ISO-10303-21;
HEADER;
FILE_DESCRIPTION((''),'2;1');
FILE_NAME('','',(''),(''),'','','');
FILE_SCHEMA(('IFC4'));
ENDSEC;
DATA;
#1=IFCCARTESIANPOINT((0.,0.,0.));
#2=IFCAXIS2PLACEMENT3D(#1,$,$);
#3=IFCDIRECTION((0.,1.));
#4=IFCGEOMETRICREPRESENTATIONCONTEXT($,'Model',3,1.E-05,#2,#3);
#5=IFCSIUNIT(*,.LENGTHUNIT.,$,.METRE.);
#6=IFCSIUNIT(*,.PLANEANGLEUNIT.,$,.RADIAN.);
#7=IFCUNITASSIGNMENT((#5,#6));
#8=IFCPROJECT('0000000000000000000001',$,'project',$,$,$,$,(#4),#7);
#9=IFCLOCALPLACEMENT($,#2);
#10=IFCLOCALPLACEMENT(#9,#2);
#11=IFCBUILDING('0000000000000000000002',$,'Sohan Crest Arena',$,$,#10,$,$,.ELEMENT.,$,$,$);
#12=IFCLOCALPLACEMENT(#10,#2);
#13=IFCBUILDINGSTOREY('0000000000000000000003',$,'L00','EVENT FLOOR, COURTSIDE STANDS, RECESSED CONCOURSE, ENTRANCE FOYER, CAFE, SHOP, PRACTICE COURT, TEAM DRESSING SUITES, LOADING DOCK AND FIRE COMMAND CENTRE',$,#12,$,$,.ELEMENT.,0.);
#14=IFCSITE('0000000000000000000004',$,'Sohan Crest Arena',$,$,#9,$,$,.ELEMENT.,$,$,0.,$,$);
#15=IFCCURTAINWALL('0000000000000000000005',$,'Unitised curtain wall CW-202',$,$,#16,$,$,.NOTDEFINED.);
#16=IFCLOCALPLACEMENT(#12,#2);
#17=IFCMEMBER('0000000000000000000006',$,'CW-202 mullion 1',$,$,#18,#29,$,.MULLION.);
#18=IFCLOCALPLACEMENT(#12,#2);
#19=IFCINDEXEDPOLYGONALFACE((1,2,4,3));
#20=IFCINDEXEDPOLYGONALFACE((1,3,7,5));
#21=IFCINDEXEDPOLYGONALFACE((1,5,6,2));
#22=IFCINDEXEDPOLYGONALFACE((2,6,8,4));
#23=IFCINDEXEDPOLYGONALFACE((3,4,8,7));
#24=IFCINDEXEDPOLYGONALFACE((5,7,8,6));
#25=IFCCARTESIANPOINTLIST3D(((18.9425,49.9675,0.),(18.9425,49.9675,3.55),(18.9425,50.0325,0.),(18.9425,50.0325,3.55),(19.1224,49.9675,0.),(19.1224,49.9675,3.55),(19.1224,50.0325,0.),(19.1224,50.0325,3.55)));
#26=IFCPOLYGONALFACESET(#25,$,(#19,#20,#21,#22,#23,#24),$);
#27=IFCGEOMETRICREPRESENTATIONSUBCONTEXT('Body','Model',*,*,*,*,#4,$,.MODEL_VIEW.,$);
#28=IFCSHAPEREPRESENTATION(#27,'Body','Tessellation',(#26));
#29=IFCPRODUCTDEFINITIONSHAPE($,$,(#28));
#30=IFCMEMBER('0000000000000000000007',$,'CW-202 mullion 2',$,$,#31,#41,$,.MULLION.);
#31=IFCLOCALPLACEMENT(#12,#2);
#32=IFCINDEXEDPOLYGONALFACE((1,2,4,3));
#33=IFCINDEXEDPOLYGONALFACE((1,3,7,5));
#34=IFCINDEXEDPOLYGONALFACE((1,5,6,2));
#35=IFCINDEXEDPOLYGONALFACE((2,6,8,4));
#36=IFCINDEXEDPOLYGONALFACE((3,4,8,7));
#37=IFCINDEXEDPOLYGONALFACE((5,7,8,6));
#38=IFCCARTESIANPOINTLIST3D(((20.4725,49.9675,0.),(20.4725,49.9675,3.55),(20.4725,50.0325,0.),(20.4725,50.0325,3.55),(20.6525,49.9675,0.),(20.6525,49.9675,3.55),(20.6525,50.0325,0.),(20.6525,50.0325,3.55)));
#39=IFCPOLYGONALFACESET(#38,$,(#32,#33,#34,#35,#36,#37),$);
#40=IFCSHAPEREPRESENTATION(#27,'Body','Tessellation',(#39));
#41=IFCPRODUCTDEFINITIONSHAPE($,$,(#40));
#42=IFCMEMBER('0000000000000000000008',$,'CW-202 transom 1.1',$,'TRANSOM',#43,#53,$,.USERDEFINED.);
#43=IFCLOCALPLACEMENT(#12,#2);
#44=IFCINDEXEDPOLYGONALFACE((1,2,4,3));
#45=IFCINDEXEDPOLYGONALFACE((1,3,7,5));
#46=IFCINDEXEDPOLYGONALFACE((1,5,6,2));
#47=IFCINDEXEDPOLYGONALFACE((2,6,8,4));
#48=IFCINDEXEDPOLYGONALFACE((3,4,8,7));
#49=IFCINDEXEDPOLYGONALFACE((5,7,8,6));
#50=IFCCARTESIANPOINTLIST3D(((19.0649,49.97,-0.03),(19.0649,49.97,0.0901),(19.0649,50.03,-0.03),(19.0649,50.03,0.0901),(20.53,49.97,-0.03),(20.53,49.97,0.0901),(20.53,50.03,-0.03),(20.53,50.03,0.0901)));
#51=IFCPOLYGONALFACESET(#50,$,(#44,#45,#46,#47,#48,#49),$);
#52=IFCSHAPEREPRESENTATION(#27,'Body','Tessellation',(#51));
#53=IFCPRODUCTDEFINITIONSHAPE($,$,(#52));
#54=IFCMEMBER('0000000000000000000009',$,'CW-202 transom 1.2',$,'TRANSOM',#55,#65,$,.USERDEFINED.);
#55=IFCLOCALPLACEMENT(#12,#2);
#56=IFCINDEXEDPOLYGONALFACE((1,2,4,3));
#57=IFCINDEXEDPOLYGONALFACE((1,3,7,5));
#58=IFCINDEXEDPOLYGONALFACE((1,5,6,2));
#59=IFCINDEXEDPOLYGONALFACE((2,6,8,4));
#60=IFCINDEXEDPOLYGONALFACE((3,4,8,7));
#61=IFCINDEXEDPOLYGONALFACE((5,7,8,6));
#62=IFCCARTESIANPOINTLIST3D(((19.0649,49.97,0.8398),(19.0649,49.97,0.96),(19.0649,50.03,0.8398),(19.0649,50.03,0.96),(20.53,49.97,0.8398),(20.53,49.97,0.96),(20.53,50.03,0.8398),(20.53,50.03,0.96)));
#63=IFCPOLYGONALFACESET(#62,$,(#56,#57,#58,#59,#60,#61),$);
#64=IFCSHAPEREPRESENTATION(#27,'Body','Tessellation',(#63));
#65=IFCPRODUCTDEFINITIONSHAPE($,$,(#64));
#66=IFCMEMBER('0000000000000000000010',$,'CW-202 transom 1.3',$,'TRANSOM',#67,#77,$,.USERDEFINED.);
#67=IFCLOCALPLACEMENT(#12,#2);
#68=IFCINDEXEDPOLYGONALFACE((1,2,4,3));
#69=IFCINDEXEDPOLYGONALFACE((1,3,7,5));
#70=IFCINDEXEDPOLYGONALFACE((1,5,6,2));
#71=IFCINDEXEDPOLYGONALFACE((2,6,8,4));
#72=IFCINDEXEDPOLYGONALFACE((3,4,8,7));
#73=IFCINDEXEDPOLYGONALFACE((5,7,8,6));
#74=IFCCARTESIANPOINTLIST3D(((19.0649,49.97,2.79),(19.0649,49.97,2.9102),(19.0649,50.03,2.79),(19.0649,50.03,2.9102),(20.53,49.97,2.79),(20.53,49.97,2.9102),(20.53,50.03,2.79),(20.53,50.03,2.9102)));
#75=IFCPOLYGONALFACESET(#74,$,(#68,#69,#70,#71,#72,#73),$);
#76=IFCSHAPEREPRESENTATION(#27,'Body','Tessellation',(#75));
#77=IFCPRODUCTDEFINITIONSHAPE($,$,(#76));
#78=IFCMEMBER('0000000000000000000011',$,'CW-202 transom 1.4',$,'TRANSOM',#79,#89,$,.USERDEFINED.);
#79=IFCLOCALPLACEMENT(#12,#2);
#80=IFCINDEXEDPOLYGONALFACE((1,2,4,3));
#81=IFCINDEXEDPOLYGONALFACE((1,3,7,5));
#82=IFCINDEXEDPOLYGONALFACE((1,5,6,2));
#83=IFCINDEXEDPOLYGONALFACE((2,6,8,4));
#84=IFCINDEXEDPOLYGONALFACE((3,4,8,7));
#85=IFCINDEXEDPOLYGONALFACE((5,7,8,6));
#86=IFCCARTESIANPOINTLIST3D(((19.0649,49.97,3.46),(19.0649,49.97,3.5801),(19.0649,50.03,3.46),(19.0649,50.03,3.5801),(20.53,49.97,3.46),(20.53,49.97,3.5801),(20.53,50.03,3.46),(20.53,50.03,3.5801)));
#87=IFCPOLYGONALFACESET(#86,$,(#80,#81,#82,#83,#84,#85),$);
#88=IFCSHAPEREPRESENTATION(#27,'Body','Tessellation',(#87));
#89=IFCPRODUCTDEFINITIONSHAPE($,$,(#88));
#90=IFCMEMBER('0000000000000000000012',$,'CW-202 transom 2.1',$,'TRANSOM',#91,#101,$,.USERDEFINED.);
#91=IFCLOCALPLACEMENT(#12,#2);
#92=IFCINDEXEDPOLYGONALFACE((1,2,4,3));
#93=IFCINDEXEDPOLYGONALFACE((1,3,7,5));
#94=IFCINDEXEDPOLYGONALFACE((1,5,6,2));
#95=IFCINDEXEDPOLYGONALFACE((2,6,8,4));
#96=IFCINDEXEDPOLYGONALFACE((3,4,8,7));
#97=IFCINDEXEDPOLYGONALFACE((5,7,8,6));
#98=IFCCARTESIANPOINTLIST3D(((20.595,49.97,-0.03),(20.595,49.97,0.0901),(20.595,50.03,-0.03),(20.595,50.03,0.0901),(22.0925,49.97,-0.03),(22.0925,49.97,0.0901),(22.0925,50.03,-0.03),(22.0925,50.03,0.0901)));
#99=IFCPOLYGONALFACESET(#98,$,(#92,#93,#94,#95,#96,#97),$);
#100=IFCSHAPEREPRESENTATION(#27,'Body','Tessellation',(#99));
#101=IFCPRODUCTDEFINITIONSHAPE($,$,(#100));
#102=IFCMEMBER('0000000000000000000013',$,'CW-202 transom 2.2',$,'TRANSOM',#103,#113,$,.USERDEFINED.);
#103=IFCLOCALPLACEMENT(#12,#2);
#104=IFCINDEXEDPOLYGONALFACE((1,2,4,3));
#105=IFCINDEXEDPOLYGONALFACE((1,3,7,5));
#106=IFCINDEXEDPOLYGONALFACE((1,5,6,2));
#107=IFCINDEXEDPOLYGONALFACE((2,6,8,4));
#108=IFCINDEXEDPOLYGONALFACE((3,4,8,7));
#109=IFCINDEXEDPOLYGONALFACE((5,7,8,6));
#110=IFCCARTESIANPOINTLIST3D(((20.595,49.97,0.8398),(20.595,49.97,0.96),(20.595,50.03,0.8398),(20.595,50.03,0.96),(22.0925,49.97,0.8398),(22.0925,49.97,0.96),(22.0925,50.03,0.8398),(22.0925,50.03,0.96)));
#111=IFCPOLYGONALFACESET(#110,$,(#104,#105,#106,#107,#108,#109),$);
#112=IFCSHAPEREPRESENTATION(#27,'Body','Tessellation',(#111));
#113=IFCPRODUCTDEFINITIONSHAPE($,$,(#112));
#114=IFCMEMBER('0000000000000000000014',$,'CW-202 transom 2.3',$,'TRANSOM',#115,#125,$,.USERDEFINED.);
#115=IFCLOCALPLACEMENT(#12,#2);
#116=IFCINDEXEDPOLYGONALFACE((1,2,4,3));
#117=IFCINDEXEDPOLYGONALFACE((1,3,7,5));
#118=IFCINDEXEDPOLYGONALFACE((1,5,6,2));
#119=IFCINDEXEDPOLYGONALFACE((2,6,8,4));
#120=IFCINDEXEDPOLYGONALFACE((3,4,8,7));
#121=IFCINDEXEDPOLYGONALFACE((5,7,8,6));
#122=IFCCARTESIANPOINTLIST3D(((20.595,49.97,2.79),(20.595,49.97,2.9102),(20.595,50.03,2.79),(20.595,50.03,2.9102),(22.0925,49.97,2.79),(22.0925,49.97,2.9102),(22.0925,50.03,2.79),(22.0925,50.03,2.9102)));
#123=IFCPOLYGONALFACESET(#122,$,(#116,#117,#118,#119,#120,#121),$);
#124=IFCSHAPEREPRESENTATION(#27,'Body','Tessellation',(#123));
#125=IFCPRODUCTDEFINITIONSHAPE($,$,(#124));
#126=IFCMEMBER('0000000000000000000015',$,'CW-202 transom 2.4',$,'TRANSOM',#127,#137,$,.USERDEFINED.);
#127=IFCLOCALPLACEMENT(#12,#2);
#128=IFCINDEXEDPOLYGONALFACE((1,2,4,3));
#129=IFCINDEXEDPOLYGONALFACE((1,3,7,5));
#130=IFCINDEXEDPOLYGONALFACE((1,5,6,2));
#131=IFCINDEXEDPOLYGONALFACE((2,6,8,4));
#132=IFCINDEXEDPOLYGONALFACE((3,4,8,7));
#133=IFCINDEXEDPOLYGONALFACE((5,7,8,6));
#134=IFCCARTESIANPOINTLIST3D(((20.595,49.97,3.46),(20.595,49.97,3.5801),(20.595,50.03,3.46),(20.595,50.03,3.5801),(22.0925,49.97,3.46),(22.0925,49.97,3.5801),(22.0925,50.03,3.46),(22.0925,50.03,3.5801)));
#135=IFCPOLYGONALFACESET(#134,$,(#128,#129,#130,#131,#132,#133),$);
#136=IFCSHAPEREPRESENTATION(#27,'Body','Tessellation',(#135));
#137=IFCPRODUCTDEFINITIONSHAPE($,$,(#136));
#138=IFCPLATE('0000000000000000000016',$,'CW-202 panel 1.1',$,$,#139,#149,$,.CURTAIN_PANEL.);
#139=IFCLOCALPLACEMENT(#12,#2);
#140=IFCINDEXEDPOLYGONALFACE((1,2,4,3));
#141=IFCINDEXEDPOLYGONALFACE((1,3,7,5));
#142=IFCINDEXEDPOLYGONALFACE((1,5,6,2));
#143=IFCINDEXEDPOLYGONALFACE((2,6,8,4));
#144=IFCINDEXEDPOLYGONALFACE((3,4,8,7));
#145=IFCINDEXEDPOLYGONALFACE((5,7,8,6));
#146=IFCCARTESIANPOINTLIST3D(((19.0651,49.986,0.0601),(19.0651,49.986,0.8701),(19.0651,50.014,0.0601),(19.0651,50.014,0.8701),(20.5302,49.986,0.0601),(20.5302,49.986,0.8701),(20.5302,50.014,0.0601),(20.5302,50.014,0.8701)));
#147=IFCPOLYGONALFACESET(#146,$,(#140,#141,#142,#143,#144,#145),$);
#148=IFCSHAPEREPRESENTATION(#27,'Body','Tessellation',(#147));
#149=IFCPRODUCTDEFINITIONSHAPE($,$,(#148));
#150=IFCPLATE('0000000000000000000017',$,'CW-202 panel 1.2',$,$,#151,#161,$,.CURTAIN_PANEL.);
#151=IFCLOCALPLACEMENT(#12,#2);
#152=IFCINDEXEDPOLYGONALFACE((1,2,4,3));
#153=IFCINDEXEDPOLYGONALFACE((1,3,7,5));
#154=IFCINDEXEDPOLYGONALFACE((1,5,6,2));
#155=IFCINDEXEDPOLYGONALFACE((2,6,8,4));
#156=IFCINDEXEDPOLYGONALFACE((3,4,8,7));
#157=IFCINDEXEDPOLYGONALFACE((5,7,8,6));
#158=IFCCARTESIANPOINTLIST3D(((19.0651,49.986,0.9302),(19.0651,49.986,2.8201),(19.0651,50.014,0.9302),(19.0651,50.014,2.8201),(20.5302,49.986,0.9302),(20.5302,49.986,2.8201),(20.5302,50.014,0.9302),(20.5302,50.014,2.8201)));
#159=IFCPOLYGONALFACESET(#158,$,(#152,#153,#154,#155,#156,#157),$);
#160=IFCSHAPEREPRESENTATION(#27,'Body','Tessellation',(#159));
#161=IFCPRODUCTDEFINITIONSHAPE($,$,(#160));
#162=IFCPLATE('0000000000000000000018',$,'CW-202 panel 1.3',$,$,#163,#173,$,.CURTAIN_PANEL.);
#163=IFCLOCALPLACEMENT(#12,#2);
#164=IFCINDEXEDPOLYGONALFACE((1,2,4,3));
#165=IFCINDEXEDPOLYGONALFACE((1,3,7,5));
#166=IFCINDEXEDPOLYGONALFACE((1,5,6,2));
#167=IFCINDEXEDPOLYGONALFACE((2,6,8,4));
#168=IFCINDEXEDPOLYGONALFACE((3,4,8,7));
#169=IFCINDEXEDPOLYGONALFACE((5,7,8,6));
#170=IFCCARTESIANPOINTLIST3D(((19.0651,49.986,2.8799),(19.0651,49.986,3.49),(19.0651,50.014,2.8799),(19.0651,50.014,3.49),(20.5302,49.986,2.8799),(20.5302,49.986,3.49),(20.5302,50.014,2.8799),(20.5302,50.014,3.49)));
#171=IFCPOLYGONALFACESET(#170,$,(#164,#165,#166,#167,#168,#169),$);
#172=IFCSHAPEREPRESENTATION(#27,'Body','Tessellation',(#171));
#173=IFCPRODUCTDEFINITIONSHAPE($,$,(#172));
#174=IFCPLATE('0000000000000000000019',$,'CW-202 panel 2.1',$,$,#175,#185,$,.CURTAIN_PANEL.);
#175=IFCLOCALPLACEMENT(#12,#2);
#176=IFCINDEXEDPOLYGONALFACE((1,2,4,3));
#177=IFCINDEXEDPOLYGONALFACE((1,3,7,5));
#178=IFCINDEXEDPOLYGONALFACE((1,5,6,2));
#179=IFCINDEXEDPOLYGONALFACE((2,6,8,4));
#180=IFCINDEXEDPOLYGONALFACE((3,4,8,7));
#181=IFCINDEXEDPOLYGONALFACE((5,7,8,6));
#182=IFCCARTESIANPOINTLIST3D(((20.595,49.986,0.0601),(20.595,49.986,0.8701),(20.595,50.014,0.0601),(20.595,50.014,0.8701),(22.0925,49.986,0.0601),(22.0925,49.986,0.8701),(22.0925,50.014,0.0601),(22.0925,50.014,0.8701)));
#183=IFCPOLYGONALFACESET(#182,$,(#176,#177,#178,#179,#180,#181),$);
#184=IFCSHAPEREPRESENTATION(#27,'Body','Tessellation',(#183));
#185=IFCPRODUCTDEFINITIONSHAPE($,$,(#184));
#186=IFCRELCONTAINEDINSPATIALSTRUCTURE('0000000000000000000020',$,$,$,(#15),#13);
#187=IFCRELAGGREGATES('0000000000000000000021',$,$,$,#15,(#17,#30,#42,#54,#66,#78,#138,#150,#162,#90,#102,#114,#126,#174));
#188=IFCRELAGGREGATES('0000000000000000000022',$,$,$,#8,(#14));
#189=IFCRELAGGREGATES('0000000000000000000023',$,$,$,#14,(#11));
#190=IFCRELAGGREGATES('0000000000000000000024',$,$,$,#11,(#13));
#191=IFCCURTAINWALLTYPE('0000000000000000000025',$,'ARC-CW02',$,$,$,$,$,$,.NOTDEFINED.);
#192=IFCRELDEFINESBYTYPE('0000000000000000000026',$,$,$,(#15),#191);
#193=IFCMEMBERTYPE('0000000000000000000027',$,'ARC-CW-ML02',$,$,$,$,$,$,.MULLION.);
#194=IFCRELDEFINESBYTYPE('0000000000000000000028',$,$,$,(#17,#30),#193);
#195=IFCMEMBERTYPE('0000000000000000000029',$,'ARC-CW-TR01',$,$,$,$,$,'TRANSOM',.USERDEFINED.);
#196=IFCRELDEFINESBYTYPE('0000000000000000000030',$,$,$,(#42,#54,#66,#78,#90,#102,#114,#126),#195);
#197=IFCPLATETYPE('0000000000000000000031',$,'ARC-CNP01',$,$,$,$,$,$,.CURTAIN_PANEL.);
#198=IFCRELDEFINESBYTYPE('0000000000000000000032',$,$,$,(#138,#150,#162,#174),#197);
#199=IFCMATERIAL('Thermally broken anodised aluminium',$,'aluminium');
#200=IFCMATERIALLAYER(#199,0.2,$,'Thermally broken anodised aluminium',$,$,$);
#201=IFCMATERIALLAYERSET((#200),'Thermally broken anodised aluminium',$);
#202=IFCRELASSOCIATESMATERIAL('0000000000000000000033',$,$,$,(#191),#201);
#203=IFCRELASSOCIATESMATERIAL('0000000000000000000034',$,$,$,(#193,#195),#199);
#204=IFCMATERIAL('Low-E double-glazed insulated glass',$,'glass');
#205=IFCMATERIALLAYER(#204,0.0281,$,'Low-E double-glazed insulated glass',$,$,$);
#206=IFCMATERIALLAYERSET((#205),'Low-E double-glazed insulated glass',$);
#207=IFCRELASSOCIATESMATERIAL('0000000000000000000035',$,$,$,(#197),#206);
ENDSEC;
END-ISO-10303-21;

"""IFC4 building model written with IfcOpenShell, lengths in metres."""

from ifc_helpers import new_model, si_unit, direction, frame, origin, origin_2d, place, context, subcontext, project, spatial, rectangle, extrude, material, layer, layer_set, material_profile, profile_set, type_object, element, aggregate, save


model = new_model("IFC4")

# Units and contexts
model_context = context("Model", 3, precision=1e-05, world=origin(), true_north=direction((0.0, 1.0)))
body_context = subcontext(model_context, "Body", "Model", "MODEL_VIEW")
ifc_project = project(units=[si_unit("LENGTHUNIT", "METRE"), si_unit("PLANEANGLEUNIT", "RADIAN")], contexts=[model_context])

# Site, building, storey
site_placement = place(None, origin())
site = spatial("IfcSite", under=ifc_project, at=site_placement, Name="Sohan Crest Arena", CompositionType="ELEMENT", RefElevation=0.0)
building_placement = place(site_placement, origin())
building = spatial("IfcBuilding", under=site, at=building_placement, Name="Sohan Crest Arena", CompositionType="ELEMENT")
storey_placement = place(building_placement, origin())
storey = spatial("IfcBuildingStorey", under=building, at=storey_placement, Name="L00", Description="EVENT FLOOR, COURTSIDE STANDS, RECESSED CONCOURSE, ENTRANCE FOYER, CAFE, SHOP, PRACTICE COURT, TEAM DRESSING SUITES, LOADING DOCK AND FIRE COMMAND CENTRE", CompositionType="ELEMENT", Elevation=0.0)

# Curtain wall, members, plates
ifc_material_1 = material(Name="Thermally broken anodised aluminium", Category="aluminium")
ifc_layer_1 = layer(ifc_material_1, 0.2, Name="Thermally broken anodised aluminium")
ifc_layer_set_1 = layer_set([ifc_layer_1], Name="Thermally broken anodised aluminium")
curtain_wall_type = type_object("IfcCurtainWallType", Name="ARC-CW02", PredefinedType="NOTDEFINED", material=ifc_layer_set_1)
curtain_wall_placement = place(storey_placement, origin())
curtain_wall = element("IfcCurtainWall", 1, at=curtain_wall_placement, inside=storey, type_object=curtain_wall_type, Name="Unitised curtain wall CW-202", PredefinedType="NOTDEFINED")
ifc_material_profile_1 = material_profile(ifc_material_1, rectangle(XDim=0.0649, YDim=0.1799, at=origin_2d()), Name="ALU-MULL 65x180")
ifc_profile_set_1 = profile_set([ifc_material_profile_1], Name="Thermally broken anodised aluminium")
member_type_1 = type_object("IfcMemberType", Name="ARC-CW-ML02", PredefinedType="MULLION", material=ifc_profile_set_1)
member_1_placement = place(storey_placement, frame((19.0325, 50.0, 0.0), z_axis=(0.0, 0.0, 1.0), x_axis=(0.0, 1.0, 0.0)))
member_1 = element("IfcMember", 2, at=member_1_placement, type_object=member_type_1, Name="CW-202 mullion 1", PredefinedType="MULLION", context=body_context, shape_type="SweptSolid", body=[
    extrude(rectangle(XDim=0.0649, YDim=0.1799, at=origin_2d()), origin(), (0.0, 0.0, 1.0), 3.55),
])
member_2_placement = place(storey_placement, frame((20.5625, 50.0, 0.0), z_axis=(0.0, 0.0, 1.0), x_axis=(0.0, 1.0, 0.0)))
member_2 = element("IfcMember", 3, at=member_2_placement, type_object=member_type_1, Name="CW-202 mullion 2", PredefinedType="MULLION", context=body_context, shape_type="SweptSolid", body=[
    extrude(rectangle(XDim=0.0649, YDim=0.1799, at=origin_2d()), origin(), (0.0, 0.0, 1.0), 3.55),
])
ifc_material_profile_2 = material_profile(ifc_material_1, rectangle(XDim=0.0601, YDim=0.1201, at=origin_2d()), Name="ALU-TRAN 60x120")
ifc_profile_set_2 = profile_set([ifc_material_profile_2], Name="Thermally broken anodised aluminium")
member_type_2 = type_object("IfcMemberType", Name="ARC-CW-TR01", ElementType="TRANSOM", PredefinedType="USERDEFINED", material=ifc_profile_set_2)
member_3_placement = place(storey_placement, frame((19.0649, 50.0, 0.03), z_axis=(1.0, 0.0, 0.0), x_axis=(0.0, 1.0, 0.0)))
member_3 = element("IfcMember", 4, at=member_3_placement, type_object=member_type_2, Name="CW-202 transom 1.1", ObjectType="TRANSOM", PredefinedType="USERDEFINED", context=body_context, shape_type="SweptSolid", body=[
    extrude(rectangle(XDim=0.0601, YDim=0.1201, at=origin_2d()), origin(), (0.0, 0.0, 1.0), 1.4651),
])
member_4_placement = place(storey_placement, frame((19.0649, 50.0, 0.8999), z_axis=(1.0, 0.0, 0.0), x_axis=(0.0, 1.0, 0.0)))
member_4 = element("IfcMember", 5, at=member_4_placement, type_object=member_type_2, Name="CW-202 transom 1.2", ObjectType="TRANSOM", PredefinedType="USERDEFINED", context=body_context, shape_type="SweptSolid", body=[
    extrude(rectangle(XDim=0.0601, YDim=0.1201, at=origin_2d()), origin(), (0.0, 0.0, 1.0), 1.4651),
])
member_5_placement = place(storey_placement, frame((19.0649, 50.0, 2.8501), z_axis=(1.0, 0.0, 0.0), x_axis=(0.0, 1.0, 0.0)))
member_5 = element("IfcMember", 6, at=member_5_placement, type_object=member_type_2, Name="CW-202 transom 1.3", ObjectType="TRANSOM", PredefinedType="USERDEFINED", context=body_context, shape_type="SweptSolid", body=[
    extrude(rectangle(XDim=0.0601, YDim=0.1201, at=origin_2d()), origin(), (0.0, 0.0, 1.0), 1.4651),
])
member_6_placement = place(storey_placement, frame((19.0649, 50.0, 3.52), z_axis=(1.0, 0.0, 0.0), x_axis=(0.0, 1.0, 0.0)))
member_6 = element("IfcMember", 7, at=member_6_placement, type_object=member_type_2, Name="CW-202 transom 1.4", ObjectType="TRANSOM", PredefinedType="USERDEFINED", context=body_context, shape_type="SweptSolid", body=[
    extrude(rectangle(XDim=0.0601, YDim=0.1201, at=origin_2d()), origin(), (0.0, 0.0, 1.0), 1.4651),
])
member_7_placement = place(storey_placement, frame((20.595, 50.0, 0.03), z_axis=(1.0, 0.0, 0.0), x_axis=(0.0, 1.0, 0.0)))
member_7 = element("IfcMember", 8, at=member_7_placement, type_object=member_type_2, Name="CW-202 transom 2.1", ObjectType="TRANSOM", PredefinedType="USERDEFINED", context=body_context, shape_type="SweptSolid", body=[
    extrude(rectangle(XDim=0.0601, YDim=0.1201, at=origin_2d()), origin(), (0.0, 0.0, 1.0), 1.4976),
])
member_8_placement = place(storey_placement, frame((20.595, 50.0, 0.8999), z_axis=(1.0, 0.0, 0.0), x_axis=(0.0, 1.0, 0.0)))
member_8 = element("IfcMember", 9, at=member_8_placement, type_object=member_type_2, Name="CW-202 transom 2.2", ObjectType="TRANSOM", PredefinedType="USERDEFINED", context=body_context, shape_type="SweptSolid", body=[
    extrude(rectangle(XDim=0.0601, YDim=0.1201, at=origin_2d()), origin(), (0.0, 0.0, 1.0), 1.4976),
])
member_9_placement = place(storey_placement, frame((20.595, 50.0, 2.8501), z_axis=(1.0, 0.0, 0.0), x_axis=(0.0, 1.0, 0.0)))
member_9 = element("IfcMember", 10, at=member_9_placement, type_object=member_type_2, Name="CW-202 transom 2.3", ObjectType="TRANSOM", PredefinedType="USERDEFINED", context=body_context, shape_type="SweptSolid", body=[
    extrude(rectangle(XDim=0.0601, YDim=0.1201, at=origin_2d()), origin(), (0.0, 0.0, 1.0), 1.4976),
])
member_10_placement = place(storey_placement, frame((20.595, 50.0, 3.52), z_axis=(1.0, 0.0, 0.0), x_axis=(0.0, 1.0, 0.0)))
member_10 = element("IfcMember", 11, at=member_10_placement, type_object=member_type_2, Name="CW-202 transom 2.4", ObjectType="TRANSOM", PredefinedType="USERDEFINED", context=body_context, shape_type="SweptSolid", body=[
    extrude(rectangle(XDim=0.0601, YDim=0.1201, at=origin_2d()), origin(), (0.0, 0.0, 1.0), 1.4976),
])
ifc_material_2 = material(Name="Low-E double-glazed insulated glass", Category="glass")
ifc_layer_2 = layer(ifc_material_2, 0.0281, Name="Low-E double-glazed insulated glass")
ifc_layer_set_2 = layer_set([ifc_layer_2], Name="Low-E double-glazed insulated glass")
plate_type = type_object("IfcPlateType", Name="ARC-CNP01", PredefinedType="CURTAIN_PANEL", material=ifc_layer_set_2)
plate_1_placement = place(storey_placement, frame((19.7976, 50.0, 0.0601), z_axis=(0.0, 0.0, 1.0), x_axis=(1.0, 0.0, 0.0)))
plate_1 = element("IfcPlate", 12, at=plate_1_placement, type_object=plate_type, Name="CW-202 panel 1.1", PredefinedType="CURTAIN_PANEL", context=body_context, shape_type="SweptSolid", body=[
    extrude(rectangle(XDim=1.4651, YDim=0.0281, at=origin_2d()), origin(), (0.0, 0.0, 1.0), 0.8101),
])
plate_2_placement = place(storey_placement, frame((19.7976, 50.0, 0.9302), z_axis=(0.0, 0.0, 1.0), x_axis=(1.0, 0.0, 0.0)))
plate_2 = element("IfcPlate", 13, at=plate_2_placement, type_object=plate_type, Name="CW-202 panel 1.2", PredefinedType="CURTAIN_PANEL", context=body_context, shape_type="SweptSolid", body=[
    extrude(rectangle(XDim=1.4651, YDim=0.0281, at=origin_2d()), origin(), (0.0, 0.0, 1.0), 1.8899),
])
plate_3_placement = place(storey_placement, frame((19.7976, 50.0, 2.8799), z_axis=(0.0, 0.0, 1.0), x_axis=(1.0, 0.0, 0.0)))
plate_3 = element("IfcPlate", 14, at=plate_3_placement, type_object=plate_type, Name="CW-202 panel 1.3", PredefinedType="CURTAIN_PANEL", context=body_context, shape_type="SweptSolid", body=[
    extrude(rectangle(XDim=1.4651, YDim=0.0281, at=origin_2d()), origin(), (0.0, 0.0, 1.0), 0.6101),
])
plate_4_placement = place(storey_placement, frame((21.3438, 50.0, 0.0601), z_axis=(0.0, 0.0, 1.0), x_axis=(1.0, 0.0, 0.0)))
plate_4 = element("IfcPlate", 15, at=plate_4_placement, type_object=plate_type, Name="CW-202 panel 2.1", PredefinedType="CURTAIN_PANEL", context=body_context, shape_type="SweptSolid", body=[
    extrude(rectangle(XDim=1.4976, YDim=0.0281, at=origin_2d()), origin(), (0.0, 0.0, 1.0), 0.8101),
])
aggregate(curtain_wall, [member_1, member_2, member_3, member_4, member_5, member_6, plate_1, plate_2, plate_3, member_7, member_8, member_9, member_10, plate_4])

save(model, "model.ifc")
